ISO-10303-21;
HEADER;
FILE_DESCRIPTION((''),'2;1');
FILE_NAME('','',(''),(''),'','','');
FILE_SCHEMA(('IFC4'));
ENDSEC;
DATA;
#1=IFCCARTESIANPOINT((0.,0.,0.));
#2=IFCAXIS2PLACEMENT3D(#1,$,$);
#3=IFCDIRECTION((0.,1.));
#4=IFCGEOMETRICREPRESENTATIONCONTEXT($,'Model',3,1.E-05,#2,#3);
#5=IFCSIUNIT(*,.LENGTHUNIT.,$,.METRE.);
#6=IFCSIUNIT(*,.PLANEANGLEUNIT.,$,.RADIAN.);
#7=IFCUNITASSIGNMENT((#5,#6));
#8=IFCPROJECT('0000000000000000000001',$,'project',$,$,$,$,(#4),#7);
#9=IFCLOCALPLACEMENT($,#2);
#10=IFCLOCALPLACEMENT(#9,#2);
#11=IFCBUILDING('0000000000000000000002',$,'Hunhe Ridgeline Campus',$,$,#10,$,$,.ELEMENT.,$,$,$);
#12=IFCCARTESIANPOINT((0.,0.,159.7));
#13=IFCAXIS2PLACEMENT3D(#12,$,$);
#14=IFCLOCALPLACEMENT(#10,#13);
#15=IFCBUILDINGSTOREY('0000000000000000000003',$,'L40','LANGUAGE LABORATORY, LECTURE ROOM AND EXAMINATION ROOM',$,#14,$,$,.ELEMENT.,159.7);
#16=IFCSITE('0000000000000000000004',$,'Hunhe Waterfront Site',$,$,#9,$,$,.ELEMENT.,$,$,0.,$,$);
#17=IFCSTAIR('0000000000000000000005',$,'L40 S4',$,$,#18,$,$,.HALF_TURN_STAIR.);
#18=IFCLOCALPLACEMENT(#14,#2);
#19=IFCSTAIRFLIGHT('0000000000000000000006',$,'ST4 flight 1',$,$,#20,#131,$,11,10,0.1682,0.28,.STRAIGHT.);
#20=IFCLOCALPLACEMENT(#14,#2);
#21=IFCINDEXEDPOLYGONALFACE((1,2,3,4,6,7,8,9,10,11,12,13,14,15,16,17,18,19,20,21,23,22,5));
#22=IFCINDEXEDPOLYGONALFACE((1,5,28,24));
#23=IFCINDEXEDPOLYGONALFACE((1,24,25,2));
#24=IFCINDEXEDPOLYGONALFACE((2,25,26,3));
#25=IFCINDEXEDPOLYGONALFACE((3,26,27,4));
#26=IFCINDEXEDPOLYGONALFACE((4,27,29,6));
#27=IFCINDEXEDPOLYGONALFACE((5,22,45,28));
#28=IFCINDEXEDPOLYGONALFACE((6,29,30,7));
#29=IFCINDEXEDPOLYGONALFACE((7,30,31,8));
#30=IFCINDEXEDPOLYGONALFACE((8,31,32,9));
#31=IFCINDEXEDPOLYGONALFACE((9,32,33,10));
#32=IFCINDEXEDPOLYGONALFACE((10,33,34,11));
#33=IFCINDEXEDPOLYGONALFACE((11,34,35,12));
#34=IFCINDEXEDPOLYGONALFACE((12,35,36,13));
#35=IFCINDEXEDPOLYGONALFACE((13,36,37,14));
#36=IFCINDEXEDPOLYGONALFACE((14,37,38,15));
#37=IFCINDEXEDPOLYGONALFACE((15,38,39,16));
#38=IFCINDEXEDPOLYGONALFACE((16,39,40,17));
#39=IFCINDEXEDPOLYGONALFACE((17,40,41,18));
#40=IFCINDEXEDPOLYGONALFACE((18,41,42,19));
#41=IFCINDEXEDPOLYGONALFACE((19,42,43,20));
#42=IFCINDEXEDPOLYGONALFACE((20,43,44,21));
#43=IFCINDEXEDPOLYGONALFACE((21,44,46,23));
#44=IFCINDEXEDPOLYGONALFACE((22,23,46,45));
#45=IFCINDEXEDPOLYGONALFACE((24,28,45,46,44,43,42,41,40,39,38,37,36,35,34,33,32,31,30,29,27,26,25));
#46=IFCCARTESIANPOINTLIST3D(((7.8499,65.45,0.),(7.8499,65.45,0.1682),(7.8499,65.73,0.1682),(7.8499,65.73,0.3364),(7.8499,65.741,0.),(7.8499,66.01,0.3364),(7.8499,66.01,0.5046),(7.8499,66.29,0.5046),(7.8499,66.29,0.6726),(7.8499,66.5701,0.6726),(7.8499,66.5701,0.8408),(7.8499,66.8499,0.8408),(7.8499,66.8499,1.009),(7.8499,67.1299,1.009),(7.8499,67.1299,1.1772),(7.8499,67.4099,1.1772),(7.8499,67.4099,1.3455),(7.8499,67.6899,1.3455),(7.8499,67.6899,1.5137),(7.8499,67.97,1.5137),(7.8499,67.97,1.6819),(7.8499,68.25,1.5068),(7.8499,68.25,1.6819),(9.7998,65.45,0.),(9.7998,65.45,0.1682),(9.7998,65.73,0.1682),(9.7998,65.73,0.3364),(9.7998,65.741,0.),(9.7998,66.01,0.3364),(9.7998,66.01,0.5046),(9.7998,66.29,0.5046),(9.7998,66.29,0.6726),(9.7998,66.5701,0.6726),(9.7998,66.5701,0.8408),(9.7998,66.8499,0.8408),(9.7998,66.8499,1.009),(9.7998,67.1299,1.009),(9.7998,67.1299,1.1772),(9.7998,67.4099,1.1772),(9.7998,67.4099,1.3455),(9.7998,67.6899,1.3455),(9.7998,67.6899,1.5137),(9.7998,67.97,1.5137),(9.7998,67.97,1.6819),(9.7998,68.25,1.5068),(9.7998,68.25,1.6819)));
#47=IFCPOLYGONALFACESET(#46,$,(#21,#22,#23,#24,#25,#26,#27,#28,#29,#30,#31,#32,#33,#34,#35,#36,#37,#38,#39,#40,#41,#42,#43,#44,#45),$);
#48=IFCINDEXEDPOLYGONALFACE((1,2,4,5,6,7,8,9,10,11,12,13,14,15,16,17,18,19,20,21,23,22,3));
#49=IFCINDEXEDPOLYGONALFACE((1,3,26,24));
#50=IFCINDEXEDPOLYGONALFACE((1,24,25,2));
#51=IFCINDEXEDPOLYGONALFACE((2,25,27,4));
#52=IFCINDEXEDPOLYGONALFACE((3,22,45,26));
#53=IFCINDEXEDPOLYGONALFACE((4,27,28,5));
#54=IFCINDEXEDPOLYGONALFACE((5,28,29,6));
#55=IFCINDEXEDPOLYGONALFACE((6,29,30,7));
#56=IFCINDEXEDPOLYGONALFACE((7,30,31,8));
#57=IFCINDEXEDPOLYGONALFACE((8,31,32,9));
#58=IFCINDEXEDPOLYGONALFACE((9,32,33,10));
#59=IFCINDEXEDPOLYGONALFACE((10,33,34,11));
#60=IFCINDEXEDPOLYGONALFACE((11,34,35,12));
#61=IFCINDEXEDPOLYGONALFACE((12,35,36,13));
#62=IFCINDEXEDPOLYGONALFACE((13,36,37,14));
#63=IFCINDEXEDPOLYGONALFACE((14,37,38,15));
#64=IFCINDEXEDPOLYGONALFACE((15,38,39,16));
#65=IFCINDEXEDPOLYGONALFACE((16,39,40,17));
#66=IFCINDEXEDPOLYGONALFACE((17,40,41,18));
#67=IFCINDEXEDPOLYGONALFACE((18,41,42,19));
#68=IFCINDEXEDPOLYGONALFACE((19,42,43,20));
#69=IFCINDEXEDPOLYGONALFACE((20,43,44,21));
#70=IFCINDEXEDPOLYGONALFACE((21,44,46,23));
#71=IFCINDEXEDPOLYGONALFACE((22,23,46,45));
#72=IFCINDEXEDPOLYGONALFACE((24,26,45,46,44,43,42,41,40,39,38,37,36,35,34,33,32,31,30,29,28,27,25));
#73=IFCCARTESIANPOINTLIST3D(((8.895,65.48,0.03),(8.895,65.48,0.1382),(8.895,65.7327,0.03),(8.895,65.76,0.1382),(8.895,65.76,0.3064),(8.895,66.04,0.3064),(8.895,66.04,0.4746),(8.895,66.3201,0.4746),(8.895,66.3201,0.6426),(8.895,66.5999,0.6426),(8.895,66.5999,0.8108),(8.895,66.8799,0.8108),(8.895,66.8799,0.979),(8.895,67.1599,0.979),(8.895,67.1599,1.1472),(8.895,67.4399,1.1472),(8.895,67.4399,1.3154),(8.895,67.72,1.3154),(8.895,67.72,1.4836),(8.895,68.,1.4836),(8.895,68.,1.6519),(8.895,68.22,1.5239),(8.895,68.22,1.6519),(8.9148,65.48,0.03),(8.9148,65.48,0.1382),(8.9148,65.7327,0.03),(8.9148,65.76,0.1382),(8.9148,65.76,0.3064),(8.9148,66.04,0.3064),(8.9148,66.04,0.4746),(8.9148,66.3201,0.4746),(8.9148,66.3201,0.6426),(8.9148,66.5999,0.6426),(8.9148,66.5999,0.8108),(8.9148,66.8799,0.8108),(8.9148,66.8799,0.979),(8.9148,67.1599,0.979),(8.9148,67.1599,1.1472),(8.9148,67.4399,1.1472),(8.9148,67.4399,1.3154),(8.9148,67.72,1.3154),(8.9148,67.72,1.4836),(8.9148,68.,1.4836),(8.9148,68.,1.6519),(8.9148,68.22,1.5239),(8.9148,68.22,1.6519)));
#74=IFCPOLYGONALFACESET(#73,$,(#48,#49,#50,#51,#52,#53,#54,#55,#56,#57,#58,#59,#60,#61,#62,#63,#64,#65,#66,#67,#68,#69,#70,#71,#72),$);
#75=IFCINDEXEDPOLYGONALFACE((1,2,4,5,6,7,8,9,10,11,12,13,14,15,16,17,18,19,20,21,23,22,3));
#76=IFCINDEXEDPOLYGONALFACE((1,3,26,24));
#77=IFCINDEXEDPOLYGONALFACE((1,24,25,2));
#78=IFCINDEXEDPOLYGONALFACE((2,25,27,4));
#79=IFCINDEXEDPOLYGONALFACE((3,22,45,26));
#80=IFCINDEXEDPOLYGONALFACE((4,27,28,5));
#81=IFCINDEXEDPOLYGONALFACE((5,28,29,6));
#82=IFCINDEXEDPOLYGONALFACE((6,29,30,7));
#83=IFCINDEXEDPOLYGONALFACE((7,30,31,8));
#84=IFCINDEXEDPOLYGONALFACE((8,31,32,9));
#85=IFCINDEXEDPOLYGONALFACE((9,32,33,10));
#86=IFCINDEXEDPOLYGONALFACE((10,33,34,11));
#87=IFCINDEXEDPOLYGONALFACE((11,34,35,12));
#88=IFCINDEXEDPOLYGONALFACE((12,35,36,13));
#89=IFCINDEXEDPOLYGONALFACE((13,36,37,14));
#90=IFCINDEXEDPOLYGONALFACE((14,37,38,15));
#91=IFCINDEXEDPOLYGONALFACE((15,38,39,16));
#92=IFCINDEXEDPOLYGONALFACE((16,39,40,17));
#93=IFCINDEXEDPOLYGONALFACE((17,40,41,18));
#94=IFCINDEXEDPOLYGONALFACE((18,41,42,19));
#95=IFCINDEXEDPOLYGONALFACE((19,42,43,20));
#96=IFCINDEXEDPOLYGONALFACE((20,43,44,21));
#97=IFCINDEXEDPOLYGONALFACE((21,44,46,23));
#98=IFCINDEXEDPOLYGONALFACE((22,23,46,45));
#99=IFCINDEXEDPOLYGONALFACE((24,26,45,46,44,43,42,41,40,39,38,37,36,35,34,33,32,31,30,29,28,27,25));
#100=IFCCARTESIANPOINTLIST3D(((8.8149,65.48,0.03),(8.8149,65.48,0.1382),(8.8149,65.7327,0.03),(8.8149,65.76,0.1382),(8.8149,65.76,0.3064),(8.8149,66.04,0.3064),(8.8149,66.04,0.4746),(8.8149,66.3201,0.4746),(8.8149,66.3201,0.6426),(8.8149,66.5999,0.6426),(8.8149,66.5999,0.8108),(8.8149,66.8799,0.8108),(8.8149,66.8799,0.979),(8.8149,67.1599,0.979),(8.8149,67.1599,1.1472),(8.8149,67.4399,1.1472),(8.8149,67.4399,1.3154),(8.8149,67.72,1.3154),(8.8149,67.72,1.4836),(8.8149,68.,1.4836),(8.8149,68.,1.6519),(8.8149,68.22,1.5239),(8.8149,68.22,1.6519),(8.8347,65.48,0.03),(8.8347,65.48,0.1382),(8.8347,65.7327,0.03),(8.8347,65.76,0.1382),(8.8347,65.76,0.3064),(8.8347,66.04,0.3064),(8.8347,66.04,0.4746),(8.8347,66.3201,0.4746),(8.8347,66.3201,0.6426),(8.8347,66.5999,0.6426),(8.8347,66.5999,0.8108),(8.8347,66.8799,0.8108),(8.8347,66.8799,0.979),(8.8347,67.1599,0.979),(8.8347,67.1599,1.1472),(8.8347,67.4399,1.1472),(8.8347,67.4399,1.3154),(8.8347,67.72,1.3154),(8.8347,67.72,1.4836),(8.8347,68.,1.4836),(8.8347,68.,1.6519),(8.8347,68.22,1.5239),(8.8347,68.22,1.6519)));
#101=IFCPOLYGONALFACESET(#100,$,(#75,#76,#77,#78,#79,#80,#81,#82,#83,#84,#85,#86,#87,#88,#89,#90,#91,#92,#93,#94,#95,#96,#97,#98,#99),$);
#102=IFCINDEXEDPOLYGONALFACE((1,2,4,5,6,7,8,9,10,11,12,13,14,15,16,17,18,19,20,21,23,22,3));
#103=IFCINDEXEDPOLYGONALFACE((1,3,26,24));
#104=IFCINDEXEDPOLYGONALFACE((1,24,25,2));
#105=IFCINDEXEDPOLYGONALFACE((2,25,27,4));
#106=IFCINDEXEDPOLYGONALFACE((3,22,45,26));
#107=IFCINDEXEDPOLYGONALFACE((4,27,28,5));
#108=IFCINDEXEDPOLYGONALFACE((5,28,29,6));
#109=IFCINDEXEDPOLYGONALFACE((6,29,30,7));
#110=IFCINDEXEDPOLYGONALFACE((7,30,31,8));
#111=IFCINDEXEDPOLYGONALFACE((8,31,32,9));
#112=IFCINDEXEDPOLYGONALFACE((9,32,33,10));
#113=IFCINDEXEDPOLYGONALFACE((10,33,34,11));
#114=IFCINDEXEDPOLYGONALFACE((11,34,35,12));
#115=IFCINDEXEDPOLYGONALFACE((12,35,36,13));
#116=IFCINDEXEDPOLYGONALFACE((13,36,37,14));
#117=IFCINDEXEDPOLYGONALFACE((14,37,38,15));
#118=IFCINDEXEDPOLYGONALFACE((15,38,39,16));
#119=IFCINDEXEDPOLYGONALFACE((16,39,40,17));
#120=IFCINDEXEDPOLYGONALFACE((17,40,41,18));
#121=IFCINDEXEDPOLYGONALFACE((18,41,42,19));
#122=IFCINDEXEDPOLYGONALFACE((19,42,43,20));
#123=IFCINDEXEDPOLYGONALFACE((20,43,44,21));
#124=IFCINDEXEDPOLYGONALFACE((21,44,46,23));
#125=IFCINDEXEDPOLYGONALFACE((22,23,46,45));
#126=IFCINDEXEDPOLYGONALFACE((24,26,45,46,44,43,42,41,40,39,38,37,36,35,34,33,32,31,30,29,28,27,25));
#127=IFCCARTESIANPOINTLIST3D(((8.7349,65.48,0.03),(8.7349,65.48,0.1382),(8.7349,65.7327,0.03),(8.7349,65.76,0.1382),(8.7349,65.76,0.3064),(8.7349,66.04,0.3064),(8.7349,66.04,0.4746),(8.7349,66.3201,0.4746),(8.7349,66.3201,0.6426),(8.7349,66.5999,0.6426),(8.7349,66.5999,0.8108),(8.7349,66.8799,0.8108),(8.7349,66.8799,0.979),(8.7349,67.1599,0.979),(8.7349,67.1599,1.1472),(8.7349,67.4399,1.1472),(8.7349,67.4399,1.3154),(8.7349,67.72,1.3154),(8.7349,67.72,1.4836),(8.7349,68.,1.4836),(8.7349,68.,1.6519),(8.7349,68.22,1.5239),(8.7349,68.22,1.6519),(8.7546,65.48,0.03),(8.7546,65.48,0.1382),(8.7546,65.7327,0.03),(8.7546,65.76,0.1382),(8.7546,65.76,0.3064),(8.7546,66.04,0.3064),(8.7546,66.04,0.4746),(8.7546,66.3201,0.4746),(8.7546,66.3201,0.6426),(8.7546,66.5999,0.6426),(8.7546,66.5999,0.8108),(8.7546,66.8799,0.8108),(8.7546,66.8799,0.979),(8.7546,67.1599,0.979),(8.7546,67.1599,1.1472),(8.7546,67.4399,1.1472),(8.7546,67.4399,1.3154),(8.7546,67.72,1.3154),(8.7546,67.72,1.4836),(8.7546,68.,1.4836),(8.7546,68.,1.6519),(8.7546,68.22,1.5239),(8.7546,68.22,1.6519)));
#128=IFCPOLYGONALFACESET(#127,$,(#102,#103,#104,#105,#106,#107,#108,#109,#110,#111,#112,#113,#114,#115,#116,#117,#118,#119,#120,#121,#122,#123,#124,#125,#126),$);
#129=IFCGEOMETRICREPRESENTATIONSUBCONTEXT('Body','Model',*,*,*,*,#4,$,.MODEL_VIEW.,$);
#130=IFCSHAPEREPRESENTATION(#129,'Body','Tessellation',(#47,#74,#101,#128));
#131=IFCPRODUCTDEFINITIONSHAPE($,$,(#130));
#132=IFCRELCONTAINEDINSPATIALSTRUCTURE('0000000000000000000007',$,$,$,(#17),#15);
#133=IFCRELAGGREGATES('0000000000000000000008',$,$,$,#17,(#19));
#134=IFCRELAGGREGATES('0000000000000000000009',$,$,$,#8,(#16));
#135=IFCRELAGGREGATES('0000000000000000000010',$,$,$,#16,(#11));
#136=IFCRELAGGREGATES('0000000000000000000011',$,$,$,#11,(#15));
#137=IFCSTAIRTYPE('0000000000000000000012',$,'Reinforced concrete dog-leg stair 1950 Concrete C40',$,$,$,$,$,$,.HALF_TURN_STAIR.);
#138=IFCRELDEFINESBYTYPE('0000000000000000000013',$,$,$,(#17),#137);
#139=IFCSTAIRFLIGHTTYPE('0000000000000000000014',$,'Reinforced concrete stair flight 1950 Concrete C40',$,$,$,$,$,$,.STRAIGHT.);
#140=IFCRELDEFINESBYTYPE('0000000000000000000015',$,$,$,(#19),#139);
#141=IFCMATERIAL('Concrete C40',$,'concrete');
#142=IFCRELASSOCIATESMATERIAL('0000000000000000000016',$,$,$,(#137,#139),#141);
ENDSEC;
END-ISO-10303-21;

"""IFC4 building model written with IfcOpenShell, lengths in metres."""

from ifc_helpers import new_model, si_unit, direction, frame, origin, place, context, subcontext, project, spatial, polyline, outline, extrude, material, type_object, element, aggregate, save


model = new_model("IFC4")

# Units and contexts
model_context = context("Model", 3, precision=1e-05, world=origin(), true_north=direction((0.0, 1.0)))
body_context = subcontext(model_context, "Body", "Model", "MODEL_VIEW")
ifc_project = project(units=[si_unit("LENGTHUNIT", "METRE"), si_unit("PLANEANGLEUNIT", "RADIAN")], contexts=[model_context])

# Site, building, storey
site_placement = place(None, origin())
site = spatial("IfcSite", under=ifc_project, at=site_placement, Name="Hunhe Waterfront Site", CompositionType="ELEMENT", RefElevation=0.0)
building_placement = place(site_placement, origin())
building = spatial("IfcBuilding", under=site, at=building_placement, Name="Hunhe Ridgeline Campus", CompositionType="ELEMENT")
storey_placement = place(building_placement, frame((0.0, 0.0, 159.7)))
storey = spatial("IfcBuildingStorey", under=building, at=storey_placement, Name="L40", Description="LANGUAGE LABORATORY, LECTURE ROOM AND EXAMINATION ROOM", CompositionType="ELEMENT", Elevation=159.7)

# Stair, stair flight
ifc_material_1 = material(Name="Concrete C40", Category="concrete")
stair_type = type_object("IfcStairType", Name="Reinforced concrete dog-leg stair 1950 Concrete C40", PredefinedType="HALF_TURN_STAIR", material=ifc_material_1)
stair_flight_type = type_object("IfcStairFlightType", Name="Reinforced concrete stair flight 1950 Concrete C40", PredefinedType="STRAIGHT", material=ifc_material_1)
stair_1_placement = place(storey_placement, origin())
stair_1 = element("IfcStair", 1, at=stair_1_placement, inside=storey, type_object=stair_type, Name="L40 S4", PredefinedType="HALF_TURN_STAIR")
stair_flight_1_placement = place(storey_placement, frame((8.825, 65.45, 0.0), z_axis=(0.0, 0.0, 1.0), x_axis=(0.0, 1.0, 0.0)))
stair_flight_1 = element("IfcStairFlight", 2, at=stair_flight_1_placement, type_object=stair_flight_type, Name="ST4 flight 1", NumberOfRisers=11, NumberOfTreads=10, PredefinedType="STRAIGHT", RiserHeight=0.1682, TreadLength=0.28, context=body_context, shape_type="SweptSolid", body=[
    extrude(outline(polyline([(0.0, 0.0), (0.0, 0.1682), (0.28, 0.1682), (0.28, 0.3364), (0.5601, 0.3364), (0.5601, 0.5046), (0.8401, 0.5046), (0.8401, 0.6726), (1.1201, 0.6726), (1.1201, 0.8408), (1.3999, 0.8408), (1.3999, 1.009), (1.6799, 1.009), (1.6799, 1.1772), (1.96, 1.1772), (1.96, 1.3455), (2.24, 1.3455), (2.24, 1.5137), (2.52, 1.5137), (2.52, 1.6819), (2.8, 1.6819), (2.8, 1.8501), (2.8, 1.5068), (0.291, 0.0), (0.0, 0.0)])), frame((0.0, 0.9751, 0.0), z_axis=(0.0, -1.0, 0.0), x_axis=(1.0, 0.0, 0.0)), (0.0, 0.0, 1.0), 1.95),
    extrude(outline(polyline([(0.03, 0.03), (0.03, 0.1382), (0.3101, 0.1382), (0.3101, 0.3064), (0.5901, 0.3064), (0.5901, 0.4746), (0.8701, 0.4746), (0.8701, 0.6426), (1.1499, 0.6426), (1.1499, 0.8108), (1.4299, 0.8108), (1.4299, 0.979), (1.71, 0.979), (1.71, 1.1472), (1.99, 1.1472), (1.99, 1.3154), (2.27, 1.3154), (2.27, 1.4836), (2.55, 1.4836), (2.55, 1.6519), (2.77, 1.6519), (2.77, 1.5239), (0.2827, 0.03), (0.03, 0.03)])), frame((0.0, -0.0701, 0.0), z_axis=(0.0, -1.0, 0.0), x_axis=(1.0, 0.0, 0.0)), (0.0, 0.0, 1.0), 0.0198),
    extrude(outline(polyline([(0.03, 0.03), (0.03, 0.1382), (0.3101, 0.1382), (0.3101, 0.3064), (0.5901, 0.3064), (0.5901, 0.4746), (0.8701, 0.4746), (0.8701, 0.6426), (1.1499, 0.6426), (1.1499, 0.8108), (1.4299, 0.8108), (1.4299, 0.979), (1.71, 0.979), (1.71, 1.1472), (1.99, 1.1472), (1.99, 1.3154), (2.27, 1.3154), (2.27, 1.4836), (2.55, 1.4836), (2.55, 1.6519), (2.77, 1.6519), (2.77, 1.5239), (0.2827, 0.03), (0.03, 0.03)])), frame((0.0, 0.01, 0.0), z_axis=(0.0, -1.0, 0.0), x_axis=(1.0, 0.0, 0.0)), (0.0, 0.0, 1.0), 0.0198),
    extrude(outline(polyline([(0.03, 0.03), (0.03, 0.1382), (0.3101, 0.1382), (0.3101, 0.3064), (0.5901, 0.3064), (0.5901, 0.4746), (0.8701, 0.4746), (0.8701, 0.6426), (1.1499, 0.6426), (1.1499, 0.8108), (1.4299, 0.8108), (1.4299, 0.979), (1.71, 0.979), (1.71, 1.1472), (1.99, 1.1472), (1.99, 1.3154), (2.27, 1.3154), (2.27, 1.4836), (2.55, 1.4836), (2.55, 1.6519), (2.77, 1.6519), (2.77, 1.5239), (0.2827, 0.03), (0.03, 0.03)])), frame((0.0, 0.0901, 0.0), z_axis=(0.0, -1.0, 0.0), x_axis=(1.0, 0.0, 0.0)), (0.0, 0.0, 1.0), 0.0198),
])
aggregate(stair_1, [stair_flight_1])

save(model, "model.ifc")
